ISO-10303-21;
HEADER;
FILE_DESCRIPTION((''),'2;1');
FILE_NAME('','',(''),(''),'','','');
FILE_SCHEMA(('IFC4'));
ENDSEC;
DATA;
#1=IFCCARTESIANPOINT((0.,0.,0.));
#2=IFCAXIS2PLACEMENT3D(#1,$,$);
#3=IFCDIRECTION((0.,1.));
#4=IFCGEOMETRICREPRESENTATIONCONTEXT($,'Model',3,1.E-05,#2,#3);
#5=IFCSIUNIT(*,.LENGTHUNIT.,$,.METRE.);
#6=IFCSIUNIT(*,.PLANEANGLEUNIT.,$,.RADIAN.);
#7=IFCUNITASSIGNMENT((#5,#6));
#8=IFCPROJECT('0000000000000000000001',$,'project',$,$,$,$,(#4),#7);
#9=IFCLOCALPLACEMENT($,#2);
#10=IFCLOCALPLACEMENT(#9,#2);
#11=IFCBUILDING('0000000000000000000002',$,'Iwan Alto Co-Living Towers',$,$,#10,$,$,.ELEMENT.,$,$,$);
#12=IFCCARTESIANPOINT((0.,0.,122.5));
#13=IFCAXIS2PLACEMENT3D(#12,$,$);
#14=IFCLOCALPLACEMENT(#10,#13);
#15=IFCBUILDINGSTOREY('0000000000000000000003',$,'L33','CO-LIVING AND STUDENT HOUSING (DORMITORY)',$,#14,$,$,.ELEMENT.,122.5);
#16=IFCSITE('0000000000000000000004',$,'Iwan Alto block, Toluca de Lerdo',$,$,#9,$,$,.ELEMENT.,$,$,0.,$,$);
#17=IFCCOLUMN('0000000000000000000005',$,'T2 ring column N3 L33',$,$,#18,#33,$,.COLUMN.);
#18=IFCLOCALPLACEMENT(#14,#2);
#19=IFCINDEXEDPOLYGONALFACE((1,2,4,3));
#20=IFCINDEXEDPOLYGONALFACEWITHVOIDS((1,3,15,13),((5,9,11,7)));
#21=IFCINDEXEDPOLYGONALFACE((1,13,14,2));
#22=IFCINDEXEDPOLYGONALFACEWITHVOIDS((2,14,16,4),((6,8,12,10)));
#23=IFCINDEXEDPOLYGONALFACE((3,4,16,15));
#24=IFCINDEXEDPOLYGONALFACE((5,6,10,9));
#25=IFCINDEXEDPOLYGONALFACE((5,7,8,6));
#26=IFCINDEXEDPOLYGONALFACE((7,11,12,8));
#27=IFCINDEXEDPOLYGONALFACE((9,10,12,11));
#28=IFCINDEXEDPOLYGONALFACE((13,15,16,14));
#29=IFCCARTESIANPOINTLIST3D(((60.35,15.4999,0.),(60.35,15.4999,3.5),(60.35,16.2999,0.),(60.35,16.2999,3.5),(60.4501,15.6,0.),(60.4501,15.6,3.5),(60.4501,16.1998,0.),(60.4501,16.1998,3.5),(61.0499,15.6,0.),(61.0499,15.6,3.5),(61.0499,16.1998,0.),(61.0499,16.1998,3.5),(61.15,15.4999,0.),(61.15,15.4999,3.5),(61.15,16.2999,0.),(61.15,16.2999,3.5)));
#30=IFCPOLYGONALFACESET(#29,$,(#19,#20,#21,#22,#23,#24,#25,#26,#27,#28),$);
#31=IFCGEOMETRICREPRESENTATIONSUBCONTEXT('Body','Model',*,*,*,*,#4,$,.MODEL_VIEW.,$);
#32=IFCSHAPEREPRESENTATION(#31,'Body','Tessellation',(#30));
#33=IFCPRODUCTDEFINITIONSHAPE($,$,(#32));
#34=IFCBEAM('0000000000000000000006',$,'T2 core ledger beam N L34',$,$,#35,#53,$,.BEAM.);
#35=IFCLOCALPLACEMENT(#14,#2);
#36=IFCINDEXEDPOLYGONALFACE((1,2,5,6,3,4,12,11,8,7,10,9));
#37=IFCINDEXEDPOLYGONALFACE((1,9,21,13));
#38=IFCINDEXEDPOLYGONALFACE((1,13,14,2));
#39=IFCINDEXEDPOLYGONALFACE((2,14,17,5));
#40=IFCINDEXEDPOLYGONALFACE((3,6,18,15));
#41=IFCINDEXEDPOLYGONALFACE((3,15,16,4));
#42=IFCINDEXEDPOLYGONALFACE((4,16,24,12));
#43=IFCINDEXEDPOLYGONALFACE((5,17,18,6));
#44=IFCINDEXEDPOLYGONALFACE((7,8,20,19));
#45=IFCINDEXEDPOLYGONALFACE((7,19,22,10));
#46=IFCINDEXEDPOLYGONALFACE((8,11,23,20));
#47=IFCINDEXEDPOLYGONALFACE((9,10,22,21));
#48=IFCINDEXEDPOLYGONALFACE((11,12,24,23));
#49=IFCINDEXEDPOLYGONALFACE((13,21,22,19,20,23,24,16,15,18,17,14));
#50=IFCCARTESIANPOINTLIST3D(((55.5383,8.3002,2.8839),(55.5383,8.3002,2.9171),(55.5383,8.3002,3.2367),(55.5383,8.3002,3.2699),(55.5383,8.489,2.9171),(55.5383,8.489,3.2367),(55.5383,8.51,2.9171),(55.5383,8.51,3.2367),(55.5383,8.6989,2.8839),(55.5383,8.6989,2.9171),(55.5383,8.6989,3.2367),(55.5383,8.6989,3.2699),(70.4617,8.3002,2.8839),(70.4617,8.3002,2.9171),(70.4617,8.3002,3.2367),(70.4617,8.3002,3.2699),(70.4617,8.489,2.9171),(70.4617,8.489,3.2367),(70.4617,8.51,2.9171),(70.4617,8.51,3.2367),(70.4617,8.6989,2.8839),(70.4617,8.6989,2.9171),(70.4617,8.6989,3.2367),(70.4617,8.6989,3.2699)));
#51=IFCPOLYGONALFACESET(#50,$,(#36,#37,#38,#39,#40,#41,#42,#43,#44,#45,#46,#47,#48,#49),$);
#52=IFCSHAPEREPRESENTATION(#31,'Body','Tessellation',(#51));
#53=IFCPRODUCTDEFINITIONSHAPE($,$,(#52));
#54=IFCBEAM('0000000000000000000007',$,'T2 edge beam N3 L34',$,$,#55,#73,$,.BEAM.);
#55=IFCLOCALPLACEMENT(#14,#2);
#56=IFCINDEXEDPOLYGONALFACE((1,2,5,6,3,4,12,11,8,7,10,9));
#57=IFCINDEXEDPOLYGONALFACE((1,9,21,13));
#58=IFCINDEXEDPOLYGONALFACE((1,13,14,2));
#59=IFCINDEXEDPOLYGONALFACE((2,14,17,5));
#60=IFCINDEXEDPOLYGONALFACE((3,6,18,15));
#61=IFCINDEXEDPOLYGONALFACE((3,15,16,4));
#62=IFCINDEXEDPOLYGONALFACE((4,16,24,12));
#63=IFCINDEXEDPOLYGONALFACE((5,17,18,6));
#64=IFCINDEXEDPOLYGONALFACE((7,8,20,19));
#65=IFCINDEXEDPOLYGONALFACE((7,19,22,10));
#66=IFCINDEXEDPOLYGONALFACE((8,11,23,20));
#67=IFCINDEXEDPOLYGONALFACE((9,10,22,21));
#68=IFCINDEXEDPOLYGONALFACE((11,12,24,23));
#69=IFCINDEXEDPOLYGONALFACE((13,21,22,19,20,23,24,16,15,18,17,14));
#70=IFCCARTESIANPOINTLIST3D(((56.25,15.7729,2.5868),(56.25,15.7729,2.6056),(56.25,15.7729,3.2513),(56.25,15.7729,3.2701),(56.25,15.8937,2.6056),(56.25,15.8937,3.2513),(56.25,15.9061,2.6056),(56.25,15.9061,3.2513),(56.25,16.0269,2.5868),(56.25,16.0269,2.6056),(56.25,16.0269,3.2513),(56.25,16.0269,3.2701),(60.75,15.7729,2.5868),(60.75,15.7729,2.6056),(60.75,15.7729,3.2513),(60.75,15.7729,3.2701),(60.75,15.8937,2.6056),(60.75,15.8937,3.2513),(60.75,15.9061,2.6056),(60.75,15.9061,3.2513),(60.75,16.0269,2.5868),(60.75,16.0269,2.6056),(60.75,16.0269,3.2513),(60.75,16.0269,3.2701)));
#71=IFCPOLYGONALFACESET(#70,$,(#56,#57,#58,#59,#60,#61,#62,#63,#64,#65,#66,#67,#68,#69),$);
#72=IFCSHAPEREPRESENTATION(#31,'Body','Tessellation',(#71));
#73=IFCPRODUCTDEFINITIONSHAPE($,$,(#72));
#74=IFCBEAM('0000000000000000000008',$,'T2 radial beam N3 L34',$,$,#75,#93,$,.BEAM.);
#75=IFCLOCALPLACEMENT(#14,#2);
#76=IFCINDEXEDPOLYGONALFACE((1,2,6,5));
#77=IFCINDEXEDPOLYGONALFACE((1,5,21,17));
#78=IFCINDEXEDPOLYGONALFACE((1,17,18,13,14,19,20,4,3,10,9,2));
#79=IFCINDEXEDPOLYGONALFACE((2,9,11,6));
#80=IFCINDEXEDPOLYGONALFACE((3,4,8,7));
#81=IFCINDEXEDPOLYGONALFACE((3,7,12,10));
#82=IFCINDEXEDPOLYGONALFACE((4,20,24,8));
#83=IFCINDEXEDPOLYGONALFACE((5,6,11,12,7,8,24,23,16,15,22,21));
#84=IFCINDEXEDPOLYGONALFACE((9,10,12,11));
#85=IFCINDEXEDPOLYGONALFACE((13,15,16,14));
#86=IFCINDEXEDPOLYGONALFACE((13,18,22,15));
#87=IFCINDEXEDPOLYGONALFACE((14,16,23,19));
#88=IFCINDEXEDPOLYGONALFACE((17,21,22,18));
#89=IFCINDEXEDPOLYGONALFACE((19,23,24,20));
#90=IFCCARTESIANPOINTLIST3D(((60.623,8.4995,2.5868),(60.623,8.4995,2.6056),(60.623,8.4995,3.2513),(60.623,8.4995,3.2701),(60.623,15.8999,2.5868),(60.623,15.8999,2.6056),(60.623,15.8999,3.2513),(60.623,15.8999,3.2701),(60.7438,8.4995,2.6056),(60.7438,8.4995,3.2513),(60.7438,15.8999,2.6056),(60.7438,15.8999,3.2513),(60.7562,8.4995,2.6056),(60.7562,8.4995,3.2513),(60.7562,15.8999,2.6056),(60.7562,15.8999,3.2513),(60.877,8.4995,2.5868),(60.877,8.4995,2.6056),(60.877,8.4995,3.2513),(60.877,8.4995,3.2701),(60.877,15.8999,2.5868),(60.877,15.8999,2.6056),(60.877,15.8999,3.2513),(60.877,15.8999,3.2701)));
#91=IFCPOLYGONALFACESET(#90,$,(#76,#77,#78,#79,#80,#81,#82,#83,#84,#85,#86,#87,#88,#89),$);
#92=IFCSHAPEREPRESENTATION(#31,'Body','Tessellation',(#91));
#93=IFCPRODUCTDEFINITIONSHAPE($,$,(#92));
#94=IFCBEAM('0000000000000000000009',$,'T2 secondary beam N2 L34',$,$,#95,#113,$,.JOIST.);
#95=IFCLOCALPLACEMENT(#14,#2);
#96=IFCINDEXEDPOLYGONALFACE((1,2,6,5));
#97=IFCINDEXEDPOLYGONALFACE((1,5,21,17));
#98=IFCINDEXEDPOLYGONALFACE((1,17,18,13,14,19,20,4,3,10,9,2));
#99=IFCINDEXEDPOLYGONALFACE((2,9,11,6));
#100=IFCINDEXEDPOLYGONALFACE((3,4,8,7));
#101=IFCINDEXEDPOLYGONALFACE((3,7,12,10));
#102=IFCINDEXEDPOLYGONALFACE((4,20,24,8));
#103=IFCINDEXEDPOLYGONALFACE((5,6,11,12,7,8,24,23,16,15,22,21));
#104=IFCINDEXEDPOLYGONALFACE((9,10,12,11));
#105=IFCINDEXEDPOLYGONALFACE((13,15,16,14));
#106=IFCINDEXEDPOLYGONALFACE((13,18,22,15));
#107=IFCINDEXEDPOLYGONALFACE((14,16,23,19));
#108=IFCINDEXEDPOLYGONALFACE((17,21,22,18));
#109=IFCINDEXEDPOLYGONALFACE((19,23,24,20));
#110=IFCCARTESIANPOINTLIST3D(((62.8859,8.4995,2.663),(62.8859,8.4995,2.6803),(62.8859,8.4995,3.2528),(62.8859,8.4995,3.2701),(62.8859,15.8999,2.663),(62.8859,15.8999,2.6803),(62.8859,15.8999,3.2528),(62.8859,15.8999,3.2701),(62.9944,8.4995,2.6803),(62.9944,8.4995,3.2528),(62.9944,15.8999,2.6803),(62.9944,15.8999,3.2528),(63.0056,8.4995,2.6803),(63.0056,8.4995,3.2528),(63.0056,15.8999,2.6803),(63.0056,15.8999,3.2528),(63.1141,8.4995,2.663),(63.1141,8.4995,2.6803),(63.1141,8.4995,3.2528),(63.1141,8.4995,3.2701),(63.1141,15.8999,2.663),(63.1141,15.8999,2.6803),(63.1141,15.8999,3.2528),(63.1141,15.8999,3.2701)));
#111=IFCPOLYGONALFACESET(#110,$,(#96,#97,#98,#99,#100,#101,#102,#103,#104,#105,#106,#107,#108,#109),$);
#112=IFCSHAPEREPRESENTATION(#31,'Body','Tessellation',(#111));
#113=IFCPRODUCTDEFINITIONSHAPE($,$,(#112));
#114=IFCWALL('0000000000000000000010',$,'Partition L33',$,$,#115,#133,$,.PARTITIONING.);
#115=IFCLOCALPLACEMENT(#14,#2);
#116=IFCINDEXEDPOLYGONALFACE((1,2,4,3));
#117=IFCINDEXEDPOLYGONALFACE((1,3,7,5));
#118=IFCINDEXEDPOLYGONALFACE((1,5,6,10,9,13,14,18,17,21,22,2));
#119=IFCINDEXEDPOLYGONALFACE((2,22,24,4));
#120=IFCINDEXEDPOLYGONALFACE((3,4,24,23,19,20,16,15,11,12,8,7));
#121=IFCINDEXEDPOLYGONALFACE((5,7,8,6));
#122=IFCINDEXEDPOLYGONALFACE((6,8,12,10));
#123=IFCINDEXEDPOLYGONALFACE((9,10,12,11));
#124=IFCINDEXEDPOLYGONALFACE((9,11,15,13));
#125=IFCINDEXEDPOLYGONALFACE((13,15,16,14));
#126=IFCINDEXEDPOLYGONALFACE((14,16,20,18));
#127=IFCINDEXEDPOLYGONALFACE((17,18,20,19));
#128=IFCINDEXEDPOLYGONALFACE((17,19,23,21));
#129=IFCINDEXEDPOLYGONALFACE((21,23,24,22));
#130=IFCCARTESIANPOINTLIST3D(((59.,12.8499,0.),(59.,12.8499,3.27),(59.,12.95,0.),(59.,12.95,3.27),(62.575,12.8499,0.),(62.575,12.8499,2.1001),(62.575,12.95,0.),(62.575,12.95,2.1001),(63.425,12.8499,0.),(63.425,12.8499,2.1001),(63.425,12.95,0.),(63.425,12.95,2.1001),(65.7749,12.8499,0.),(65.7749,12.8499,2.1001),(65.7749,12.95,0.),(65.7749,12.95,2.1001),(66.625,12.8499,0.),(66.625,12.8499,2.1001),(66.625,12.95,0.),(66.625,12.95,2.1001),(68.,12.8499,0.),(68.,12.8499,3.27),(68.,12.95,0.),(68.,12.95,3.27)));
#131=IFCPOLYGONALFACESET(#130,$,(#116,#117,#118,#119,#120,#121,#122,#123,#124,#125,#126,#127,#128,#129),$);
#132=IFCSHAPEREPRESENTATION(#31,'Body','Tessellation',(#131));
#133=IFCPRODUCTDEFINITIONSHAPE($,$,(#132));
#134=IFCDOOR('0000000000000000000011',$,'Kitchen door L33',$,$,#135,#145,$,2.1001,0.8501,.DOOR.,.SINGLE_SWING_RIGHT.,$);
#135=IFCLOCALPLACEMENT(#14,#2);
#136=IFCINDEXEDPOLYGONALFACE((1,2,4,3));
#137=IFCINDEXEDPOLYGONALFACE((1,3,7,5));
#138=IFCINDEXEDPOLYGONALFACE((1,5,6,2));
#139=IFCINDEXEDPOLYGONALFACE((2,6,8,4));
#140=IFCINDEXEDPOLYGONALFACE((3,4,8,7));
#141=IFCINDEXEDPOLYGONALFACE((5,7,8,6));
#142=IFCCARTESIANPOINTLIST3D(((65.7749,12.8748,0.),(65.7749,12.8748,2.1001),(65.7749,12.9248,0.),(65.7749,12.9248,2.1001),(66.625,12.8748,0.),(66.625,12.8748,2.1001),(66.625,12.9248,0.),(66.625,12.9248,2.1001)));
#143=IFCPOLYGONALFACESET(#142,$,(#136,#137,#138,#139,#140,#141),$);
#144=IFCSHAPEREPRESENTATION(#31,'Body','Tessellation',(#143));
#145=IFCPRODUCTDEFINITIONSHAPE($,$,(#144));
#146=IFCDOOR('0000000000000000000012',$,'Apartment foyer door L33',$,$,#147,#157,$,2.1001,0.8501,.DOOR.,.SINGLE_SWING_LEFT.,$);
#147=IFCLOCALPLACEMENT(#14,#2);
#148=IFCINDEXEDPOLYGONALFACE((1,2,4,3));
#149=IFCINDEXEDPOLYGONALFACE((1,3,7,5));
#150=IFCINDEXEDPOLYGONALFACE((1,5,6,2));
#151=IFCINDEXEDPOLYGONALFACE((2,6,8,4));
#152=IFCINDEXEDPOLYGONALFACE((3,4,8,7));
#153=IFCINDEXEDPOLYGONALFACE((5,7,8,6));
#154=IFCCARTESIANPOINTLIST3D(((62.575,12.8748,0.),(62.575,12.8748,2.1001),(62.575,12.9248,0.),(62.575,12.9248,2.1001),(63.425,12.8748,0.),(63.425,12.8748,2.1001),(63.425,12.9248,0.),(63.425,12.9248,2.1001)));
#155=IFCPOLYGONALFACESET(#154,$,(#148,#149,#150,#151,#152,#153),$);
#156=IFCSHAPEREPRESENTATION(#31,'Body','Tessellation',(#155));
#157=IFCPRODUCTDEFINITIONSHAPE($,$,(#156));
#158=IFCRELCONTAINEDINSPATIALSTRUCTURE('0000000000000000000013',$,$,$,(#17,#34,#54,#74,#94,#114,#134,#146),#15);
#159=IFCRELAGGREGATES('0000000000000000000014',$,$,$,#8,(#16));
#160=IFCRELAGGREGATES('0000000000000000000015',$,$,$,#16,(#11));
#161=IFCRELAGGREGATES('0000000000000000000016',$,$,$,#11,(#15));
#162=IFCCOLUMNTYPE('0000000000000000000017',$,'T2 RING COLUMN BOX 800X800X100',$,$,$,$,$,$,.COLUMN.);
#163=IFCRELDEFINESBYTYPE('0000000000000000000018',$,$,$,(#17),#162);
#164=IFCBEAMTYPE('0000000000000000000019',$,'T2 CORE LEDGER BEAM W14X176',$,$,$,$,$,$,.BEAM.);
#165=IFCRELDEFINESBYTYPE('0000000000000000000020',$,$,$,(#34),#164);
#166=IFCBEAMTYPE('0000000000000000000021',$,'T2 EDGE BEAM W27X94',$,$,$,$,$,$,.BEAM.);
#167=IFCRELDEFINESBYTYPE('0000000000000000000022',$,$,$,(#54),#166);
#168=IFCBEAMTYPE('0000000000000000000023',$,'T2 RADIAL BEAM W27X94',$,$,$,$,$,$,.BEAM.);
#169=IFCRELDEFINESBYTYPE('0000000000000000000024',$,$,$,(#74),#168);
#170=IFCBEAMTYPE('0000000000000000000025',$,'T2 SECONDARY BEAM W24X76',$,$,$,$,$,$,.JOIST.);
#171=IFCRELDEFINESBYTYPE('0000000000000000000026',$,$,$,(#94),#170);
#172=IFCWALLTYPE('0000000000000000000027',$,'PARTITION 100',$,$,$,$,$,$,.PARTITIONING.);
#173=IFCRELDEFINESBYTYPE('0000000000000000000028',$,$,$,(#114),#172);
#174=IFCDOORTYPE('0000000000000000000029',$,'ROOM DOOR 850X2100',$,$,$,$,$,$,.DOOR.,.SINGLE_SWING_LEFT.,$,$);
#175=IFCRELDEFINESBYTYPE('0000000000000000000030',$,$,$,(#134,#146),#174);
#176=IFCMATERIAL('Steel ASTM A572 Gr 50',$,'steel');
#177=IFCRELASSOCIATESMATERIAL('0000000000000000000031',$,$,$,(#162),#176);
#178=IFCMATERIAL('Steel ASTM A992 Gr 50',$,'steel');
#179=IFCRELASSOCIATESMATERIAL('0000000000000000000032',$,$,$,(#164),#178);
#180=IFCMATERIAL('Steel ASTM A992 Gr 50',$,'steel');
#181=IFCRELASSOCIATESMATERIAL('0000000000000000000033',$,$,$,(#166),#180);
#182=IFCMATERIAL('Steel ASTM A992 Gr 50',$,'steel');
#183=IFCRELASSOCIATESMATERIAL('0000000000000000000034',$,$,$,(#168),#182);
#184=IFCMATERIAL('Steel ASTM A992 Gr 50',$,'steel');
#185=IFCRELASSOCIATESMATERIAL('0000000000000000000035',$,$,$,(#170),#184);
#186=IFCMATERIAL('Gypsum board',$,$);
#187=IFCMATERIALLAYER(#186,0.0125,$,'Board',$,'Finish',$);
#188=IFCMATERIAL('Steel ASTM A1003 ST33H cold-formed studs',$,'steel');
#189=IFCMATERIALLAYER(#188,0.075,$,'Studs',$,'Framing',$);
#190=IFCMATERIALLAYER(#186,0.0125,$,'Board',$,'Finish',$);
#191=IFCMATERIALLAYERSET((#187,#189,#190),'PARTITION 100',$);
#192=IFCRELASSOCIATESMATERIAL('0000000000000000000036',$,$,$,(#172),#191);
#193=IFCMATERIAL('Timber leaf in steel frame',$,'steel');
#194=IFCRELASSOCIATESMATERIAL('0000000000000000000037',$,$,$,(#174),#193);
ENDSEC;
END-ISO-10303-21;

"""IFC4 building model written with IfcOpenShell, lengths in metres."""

from ifc_helpers import new_model, si_unit, direction, frame, frame_2d, origin, origin_2d, place, context, subcontext, project, spatial, rectangle, hollow_rectangle, i_section, extrude, material, layer, layer_set, material_profile, profile_set, type_object, element, fill, save


model = new_model("IFC4")

# Units and contexts
model_context = context("Model", 3, precision=1e-05, world=origin(), true_north=direction((0.0, 1.0)))
body_context = subcontext(model_context, "Body", "Model", "MODEL_VIEW")
ifc_project = project(units=[si_unit("LENGTHUNIT", "METRE"), si_unit("PLANEANGLEUNIT", "RADIAN")], contexts=[model_context])

# Site, building, storey
site_placement = place(None, origin())
site = spatial("IfcSite", under=ifc_project, at=site_placement, Name="Iwan Alto block, Toluca de Lerdo", CompositionType="ELEMENT", RefElevation=0.0)
building_placement = place(site_placement, origin())
building = spatial("IfcBuilding", under=site, at=building_placement, Name="Iwan Alto Co-Living Towers", CompositionType="ELEMENT")
storey_placement = place(building_placement, frame((0.0, 0.0, 122.5)))
storey = spatial("IfcBuildingStorey", under=building, at=storey_placement, Name="L33", Description="CO-LIVING AND STUDENT HOUSING (DORMITORY)", CompositionType="ELEMENT", Elevation=122.5)

# Column
ifc_material_1 = material(Name="Steel ASTM A572 Gr 50", Category="steel")
ifc_material_profile_1 = material_profile(ifc_material_1, hollow_rectangle(XDim=0.8, YDim=0.8, WallThickness=0.1001, at=origin_2d()), Name="BOX 800X800X100")
ifc_profile_set_1 = profile_set([ifc_material_profile_1], Name="Steel ASTM A572 Gr 50")
column_type = type_object("IfcColumnType", Name="T2 RING COLUMN BOX 800X800X100", PredefinedType="COLUMN", material=ifc_profile_set_1)
column_placement = place(storey_placement, frame((60.75, 15.8999, 0.0), z_axis=(0.0, 0.0, 1.0), x_axis=(1.0, 0.0, 0.0)))
element("IfcColumn", 1, at=column_placement, inside=storey, type_object=column_type, Name="T2 ring column N3 L33", PredefinedType="COLUMN", context=body_context, shape_type="SweptSolid", body=[
    extrude(hollow_rectangle(XDim=0.8, YDim=0.8, WallThickness=0.1001, at=origin_2d()), origin(), (0.0, 0.0, 1.0), 3.5),
])

# Beams
ifc_material_2 = material(Name="Steel ASTM A992 Gr 50", Category="steel")
ifc_material_profile_2 = material_profile(ifc_material_2, i_section(OverallWidth=0.3987, OverallDepth=0.386, WebThickness=0.021, FlangeThickness=0.0332, at=origin_2d()), Name="W14X176")
ifc_profile_set_2 = profile_set([ifc_material_profile_2], Name="Steel ASTM A992 Gr 50")
beam_type_1 = type_object("IfcBeamType", Name="T2 CORE LEDGER BEAM W14X176", PredefinedType="BEAM", material=ifc_profile_set_2)
beam_1_placement = place(storey_placement, frame((70.4617, 8.4995, 3.0769), z_axis=(-1.0, 0.0, 0.0), x_axis=(0.0, -1.0, 0.0)))
element("IfcBeam", 2, at=beam_1_placement, inside=storey, type_object=beam_type_1, Name="T2 core ledger beam N L34", PredefinedType="BEAM", context=body_context, shape_type="SweptSolid", body=[
    extrude(i_section(OverallWidth=0.3987, OverallDepth=0.386, WebThickness=0.021, FlangeThickness=0.0332, at=origin_2d()), origin(), (0.0, 0.0, 1.0), 14.9233),
])
ifc_material_3 = material(Name="Steel ASTM A992 Gr 50", Category="steel")
ifc_material_profile_3 = material_profile(ifc_material_3, i_section(OverallWidth=0.2539, OverallDepth=0.6833, WebThickness=0.0125, FlangeThickness=0.0188, at=origin_2d()), Name="W27X94")
ifc_profile_set_3 = profile_set([ifc_material_profile_3], Name="Steel ASTM A992 Gr 50")
beam_type_2 = type_object("IfcBeamType", Name="T2 EDGE BEAM W27X94", PredefinedType="BEAM", material=ifc_profile_set_3)
beam_2_placement = place(storey_placement, frame((60.75, 15.8999, 2.9285), z_axis=(-1.0, 0.0, 0.0), x_axis=(0.0, -1.0, 0.0)))
element("IfcBeam", 3, at=beam_2_placement, inside=storey, type_object=beam_type_2, Name="T2 edge beam N3 L34", PredefinedType="BEAM", context=body_context, shape_type="SweptSolid", body=[
    extrude(i_section(OverallWidth=0.2539, OverallDepth=0.6833, WebThickness=0.0125, FlangeThickness=0.0188, at=origin_2d()), origin(), (0.0, 0.0, 1.0), 4.5),
])
ifc_material_4 = material(Name="Steel ASTM A992 Gr 50", Category="steel")
ifc_material_profile_4 = material_profile(ifc_material_4, i_section(OverallWidth=0.2539, OverallDepth=0.6833, WebThickness=0.0125, FlangeThickness=0.0188, at=origin_2d()), Name="W27X94")
ifc_profile_set_4 = profile_set([ifc_material_profile_4], Name="Steel ASTM A992 Gr 50")
beam_type_3 = type_object("IfcBeamType", Name="T2 RADIAL BEAM W27X94", PredefinedType="BEAM", material=ifc_profile_set_4)
beam_3_placement = place(storey_placement, frame((60.75, 15.8999, 2.9285), z_axis=(0.0, -1.0, 0.0), x_axis=(1.0, 0.0, 0.0)))
element("IfcBeam", 4, at=beam_3_placement, inside=storey, type_object=beam_type_3, Name="T2 radial beam N3 L34", PredefinedType="BEAM", context=body_context, shape_type="SweptSolid", body=[
    extrude(i_section(OverallWidth=0.2539, OverallDepth=0.6833, WebThickness=0.0125, FlangeThickness=0.0188, at=origin_2d()), origin(), (0.0, 0.0, 1.0), 7.4004),
])
ifc_material_5 = material(Name="Steel ASTM A992 Gr 50", Category="steel")
ifc_material_profile_5 = material_profile(ifc_material_5, i_section(OverallWidth=0.2283, OverallDepth=0.6072, WebThickness=0.0112, FlangeThickness=0.0173, at=origin_2d()), Name="W24X76")
ifc_profile_set_5 = profile_set([ifc_material_profile_5], Name="Steel ASTM A992 Gr 50")
beam_type_4 = type_object("IfcBeamType", Name="T2 SECONDARY BEAM W24X76", PredefinedType="JOIST", material=ifc_profile_set_5)
beam_4_placement = place(storey_placement, frame((63.0, 15.8999, 2.9666), z_axis=(0.0, -1.0, 0.0), x_axis=(1.0, 0.0, 0.0)))
element("IfcBeam", 5, at=beam_4_placement, inside=storey, type_object=beam_type_4, Name="T2 secondary beam N2 L34", PredefinedType="JOIST", context=body_context, shape_type="SweptSolid", body=[
    extrude(i_section(OverallWidth=0.2283, OverallDepth=0.6072, WebThickness=0.0112, FlangeThickness=0.0173, at=origin_2d()), origin(), (0.0, 0.0, 1.0), 7.4004),
])

# Wall, openings, doors
ifc_material_6 = material(Name="Gypsum board")
ifc_layer_1 = layer(ifc_material_6, 0.0125, Name="Board", Category="Finish")
ifc_material_7 = material(Name="Steel ASTM A1003 ST33H cold-formed studs", Category="steel")
ifc_layer_2 = layer(ifc_material_7, 0.075, Name="Studs", Category="Framing")
ifc_layer_3 = layer(ifc_material_6, 0.0125, Name="Board", Category="Finish")
ifc_layer_set_1 = layer_set([ifc_layer_1, ifc_layer_2, ifc_layer_3], Name="PARTITION 100")
wall_type_1 = type_object("IfcWallType", Name="PARTITION 100", PredefinedType="PARTITIONING", material=ifc_layer_set_1)
wall_1_placement = place(storey_placement, frame((59.0, 12.8999, 0.0), z_axis=(0.0, 0.0, 1.0), x_axis=(1.0, 0.0, 0.0)))
wall_1 = element("IfcWall", 6, at=wall_1_placement, inside=storey, type_object=wall_type_1, Name="Partition L33", PredefinedType="PARTITIONING", context=body_context, shape_type="SweptSolid", body=[
    extrude(rectangle(XDim=9.0, YDim=0.1001, at=frame_2d((4.5, 0.0))), origin(), (0.0, 0.0, 1.0), 3.27),
])
opening_1_placement = place(wall_1_placement, frame((6.7749, 0.0, 0.0)))
opening_1 = element("IfcOpeningElement", 7, at=opening_1_placement, cuts=wall_1, PredefinedType="OPENING", context=body_context, shape_type="SweptSolid", body=[
    extrude(rectangle(XDim=0.8501, YDim=2.1001, at=frame_2d((0.425, 1.05))), frame((0.0, 0.0601, 0.0), z_axis=(0.0, -1.0, 0.0), x_axis=(1.0, 0.0, 0.0)), (0.0, 0.0, 1.0), 0.1201),
])
opening_2_placement = place(wall_1_placement, frame((3.575, 0.0, 0.0)))
opening_2 = element("IfcOpeningElement", 8, at=opening_2_placement, cuts=wall_1, PredefinedType="OPENING", context=body_context, shape_type="SweptSolid", body=[
    extrude(rectangle(XDim=0.8501, YDim=2.1001, at=frame_2d((0.425, 1.05))), frame((0.0, 0.0601, 0.0), z_axis=(0.0, -1.0, 0.0), x_axis=(1.0, 0.0, 0.0)), (0.0, 0.0, 1.0), 0.1201),
])
ifc_material_8 = material(Name="Timber leaf in steel frame", Category="steel")
door_type_1 = type_object("IfcDoorType", Name="ROOM DOOR 850X2100", OperationType="SINGLE_SWING_LEFT", PredefinedType="DOOR", material=ifc_material_8)
door_1_placement = place(opening_1_placement, origin())
door_1 = element("IfcDoor", 9, at=door_1_placement, inside=storey, type_object=door_type_1, Name="Kitchen door L33", OperationType="SINGLE_SWING_RIGHT", OverallHeight=2.1001, OverallWidth=0.8501, PredefinedType="DOOR", context=body_context, shape_type="SweptSolid", body=[
    extrude(rectangle(XDim=0.8501, YDim=2.1001, at=frame_2d((0.425, 1.05))), frame((0.0, 0.0249, 0.0), z_axis=(0.0, -1.0, 0.0), x_axis=(1.0, 0.0, 0.0)), (0.0, 0.0, 1.0), 0.05),
])
fill(opening_1, door_1)
door_2_placement = place(opening_2_placement, origin())
door_2 = element("IfcDoor", 10, at=door_2_placement, inside=storey, type_object=door_type_1, Name="Apartment foyer door L33", OperationType="SINGLE_SWING_LEFT", OverallHeight=2.1001, OverallWidth=0.8501, PredefinedType="DOOR", context=body_context, shape_type="SweptSolid", body=[
    extrude(rectangle(XDim=0.8501, YDim=2.1001, at=frame_2d((0.425, 1.05))), frame((0.0, 0.0249, 0.0), z_axis=(0.0, -1.0, 0.0), x_axis=(1.0, 0.0, 0.0)), (0.0, 0.0, 1.0), 0.05),
])
fill(opening_2, door_2)

save(model, "model.ifc")
